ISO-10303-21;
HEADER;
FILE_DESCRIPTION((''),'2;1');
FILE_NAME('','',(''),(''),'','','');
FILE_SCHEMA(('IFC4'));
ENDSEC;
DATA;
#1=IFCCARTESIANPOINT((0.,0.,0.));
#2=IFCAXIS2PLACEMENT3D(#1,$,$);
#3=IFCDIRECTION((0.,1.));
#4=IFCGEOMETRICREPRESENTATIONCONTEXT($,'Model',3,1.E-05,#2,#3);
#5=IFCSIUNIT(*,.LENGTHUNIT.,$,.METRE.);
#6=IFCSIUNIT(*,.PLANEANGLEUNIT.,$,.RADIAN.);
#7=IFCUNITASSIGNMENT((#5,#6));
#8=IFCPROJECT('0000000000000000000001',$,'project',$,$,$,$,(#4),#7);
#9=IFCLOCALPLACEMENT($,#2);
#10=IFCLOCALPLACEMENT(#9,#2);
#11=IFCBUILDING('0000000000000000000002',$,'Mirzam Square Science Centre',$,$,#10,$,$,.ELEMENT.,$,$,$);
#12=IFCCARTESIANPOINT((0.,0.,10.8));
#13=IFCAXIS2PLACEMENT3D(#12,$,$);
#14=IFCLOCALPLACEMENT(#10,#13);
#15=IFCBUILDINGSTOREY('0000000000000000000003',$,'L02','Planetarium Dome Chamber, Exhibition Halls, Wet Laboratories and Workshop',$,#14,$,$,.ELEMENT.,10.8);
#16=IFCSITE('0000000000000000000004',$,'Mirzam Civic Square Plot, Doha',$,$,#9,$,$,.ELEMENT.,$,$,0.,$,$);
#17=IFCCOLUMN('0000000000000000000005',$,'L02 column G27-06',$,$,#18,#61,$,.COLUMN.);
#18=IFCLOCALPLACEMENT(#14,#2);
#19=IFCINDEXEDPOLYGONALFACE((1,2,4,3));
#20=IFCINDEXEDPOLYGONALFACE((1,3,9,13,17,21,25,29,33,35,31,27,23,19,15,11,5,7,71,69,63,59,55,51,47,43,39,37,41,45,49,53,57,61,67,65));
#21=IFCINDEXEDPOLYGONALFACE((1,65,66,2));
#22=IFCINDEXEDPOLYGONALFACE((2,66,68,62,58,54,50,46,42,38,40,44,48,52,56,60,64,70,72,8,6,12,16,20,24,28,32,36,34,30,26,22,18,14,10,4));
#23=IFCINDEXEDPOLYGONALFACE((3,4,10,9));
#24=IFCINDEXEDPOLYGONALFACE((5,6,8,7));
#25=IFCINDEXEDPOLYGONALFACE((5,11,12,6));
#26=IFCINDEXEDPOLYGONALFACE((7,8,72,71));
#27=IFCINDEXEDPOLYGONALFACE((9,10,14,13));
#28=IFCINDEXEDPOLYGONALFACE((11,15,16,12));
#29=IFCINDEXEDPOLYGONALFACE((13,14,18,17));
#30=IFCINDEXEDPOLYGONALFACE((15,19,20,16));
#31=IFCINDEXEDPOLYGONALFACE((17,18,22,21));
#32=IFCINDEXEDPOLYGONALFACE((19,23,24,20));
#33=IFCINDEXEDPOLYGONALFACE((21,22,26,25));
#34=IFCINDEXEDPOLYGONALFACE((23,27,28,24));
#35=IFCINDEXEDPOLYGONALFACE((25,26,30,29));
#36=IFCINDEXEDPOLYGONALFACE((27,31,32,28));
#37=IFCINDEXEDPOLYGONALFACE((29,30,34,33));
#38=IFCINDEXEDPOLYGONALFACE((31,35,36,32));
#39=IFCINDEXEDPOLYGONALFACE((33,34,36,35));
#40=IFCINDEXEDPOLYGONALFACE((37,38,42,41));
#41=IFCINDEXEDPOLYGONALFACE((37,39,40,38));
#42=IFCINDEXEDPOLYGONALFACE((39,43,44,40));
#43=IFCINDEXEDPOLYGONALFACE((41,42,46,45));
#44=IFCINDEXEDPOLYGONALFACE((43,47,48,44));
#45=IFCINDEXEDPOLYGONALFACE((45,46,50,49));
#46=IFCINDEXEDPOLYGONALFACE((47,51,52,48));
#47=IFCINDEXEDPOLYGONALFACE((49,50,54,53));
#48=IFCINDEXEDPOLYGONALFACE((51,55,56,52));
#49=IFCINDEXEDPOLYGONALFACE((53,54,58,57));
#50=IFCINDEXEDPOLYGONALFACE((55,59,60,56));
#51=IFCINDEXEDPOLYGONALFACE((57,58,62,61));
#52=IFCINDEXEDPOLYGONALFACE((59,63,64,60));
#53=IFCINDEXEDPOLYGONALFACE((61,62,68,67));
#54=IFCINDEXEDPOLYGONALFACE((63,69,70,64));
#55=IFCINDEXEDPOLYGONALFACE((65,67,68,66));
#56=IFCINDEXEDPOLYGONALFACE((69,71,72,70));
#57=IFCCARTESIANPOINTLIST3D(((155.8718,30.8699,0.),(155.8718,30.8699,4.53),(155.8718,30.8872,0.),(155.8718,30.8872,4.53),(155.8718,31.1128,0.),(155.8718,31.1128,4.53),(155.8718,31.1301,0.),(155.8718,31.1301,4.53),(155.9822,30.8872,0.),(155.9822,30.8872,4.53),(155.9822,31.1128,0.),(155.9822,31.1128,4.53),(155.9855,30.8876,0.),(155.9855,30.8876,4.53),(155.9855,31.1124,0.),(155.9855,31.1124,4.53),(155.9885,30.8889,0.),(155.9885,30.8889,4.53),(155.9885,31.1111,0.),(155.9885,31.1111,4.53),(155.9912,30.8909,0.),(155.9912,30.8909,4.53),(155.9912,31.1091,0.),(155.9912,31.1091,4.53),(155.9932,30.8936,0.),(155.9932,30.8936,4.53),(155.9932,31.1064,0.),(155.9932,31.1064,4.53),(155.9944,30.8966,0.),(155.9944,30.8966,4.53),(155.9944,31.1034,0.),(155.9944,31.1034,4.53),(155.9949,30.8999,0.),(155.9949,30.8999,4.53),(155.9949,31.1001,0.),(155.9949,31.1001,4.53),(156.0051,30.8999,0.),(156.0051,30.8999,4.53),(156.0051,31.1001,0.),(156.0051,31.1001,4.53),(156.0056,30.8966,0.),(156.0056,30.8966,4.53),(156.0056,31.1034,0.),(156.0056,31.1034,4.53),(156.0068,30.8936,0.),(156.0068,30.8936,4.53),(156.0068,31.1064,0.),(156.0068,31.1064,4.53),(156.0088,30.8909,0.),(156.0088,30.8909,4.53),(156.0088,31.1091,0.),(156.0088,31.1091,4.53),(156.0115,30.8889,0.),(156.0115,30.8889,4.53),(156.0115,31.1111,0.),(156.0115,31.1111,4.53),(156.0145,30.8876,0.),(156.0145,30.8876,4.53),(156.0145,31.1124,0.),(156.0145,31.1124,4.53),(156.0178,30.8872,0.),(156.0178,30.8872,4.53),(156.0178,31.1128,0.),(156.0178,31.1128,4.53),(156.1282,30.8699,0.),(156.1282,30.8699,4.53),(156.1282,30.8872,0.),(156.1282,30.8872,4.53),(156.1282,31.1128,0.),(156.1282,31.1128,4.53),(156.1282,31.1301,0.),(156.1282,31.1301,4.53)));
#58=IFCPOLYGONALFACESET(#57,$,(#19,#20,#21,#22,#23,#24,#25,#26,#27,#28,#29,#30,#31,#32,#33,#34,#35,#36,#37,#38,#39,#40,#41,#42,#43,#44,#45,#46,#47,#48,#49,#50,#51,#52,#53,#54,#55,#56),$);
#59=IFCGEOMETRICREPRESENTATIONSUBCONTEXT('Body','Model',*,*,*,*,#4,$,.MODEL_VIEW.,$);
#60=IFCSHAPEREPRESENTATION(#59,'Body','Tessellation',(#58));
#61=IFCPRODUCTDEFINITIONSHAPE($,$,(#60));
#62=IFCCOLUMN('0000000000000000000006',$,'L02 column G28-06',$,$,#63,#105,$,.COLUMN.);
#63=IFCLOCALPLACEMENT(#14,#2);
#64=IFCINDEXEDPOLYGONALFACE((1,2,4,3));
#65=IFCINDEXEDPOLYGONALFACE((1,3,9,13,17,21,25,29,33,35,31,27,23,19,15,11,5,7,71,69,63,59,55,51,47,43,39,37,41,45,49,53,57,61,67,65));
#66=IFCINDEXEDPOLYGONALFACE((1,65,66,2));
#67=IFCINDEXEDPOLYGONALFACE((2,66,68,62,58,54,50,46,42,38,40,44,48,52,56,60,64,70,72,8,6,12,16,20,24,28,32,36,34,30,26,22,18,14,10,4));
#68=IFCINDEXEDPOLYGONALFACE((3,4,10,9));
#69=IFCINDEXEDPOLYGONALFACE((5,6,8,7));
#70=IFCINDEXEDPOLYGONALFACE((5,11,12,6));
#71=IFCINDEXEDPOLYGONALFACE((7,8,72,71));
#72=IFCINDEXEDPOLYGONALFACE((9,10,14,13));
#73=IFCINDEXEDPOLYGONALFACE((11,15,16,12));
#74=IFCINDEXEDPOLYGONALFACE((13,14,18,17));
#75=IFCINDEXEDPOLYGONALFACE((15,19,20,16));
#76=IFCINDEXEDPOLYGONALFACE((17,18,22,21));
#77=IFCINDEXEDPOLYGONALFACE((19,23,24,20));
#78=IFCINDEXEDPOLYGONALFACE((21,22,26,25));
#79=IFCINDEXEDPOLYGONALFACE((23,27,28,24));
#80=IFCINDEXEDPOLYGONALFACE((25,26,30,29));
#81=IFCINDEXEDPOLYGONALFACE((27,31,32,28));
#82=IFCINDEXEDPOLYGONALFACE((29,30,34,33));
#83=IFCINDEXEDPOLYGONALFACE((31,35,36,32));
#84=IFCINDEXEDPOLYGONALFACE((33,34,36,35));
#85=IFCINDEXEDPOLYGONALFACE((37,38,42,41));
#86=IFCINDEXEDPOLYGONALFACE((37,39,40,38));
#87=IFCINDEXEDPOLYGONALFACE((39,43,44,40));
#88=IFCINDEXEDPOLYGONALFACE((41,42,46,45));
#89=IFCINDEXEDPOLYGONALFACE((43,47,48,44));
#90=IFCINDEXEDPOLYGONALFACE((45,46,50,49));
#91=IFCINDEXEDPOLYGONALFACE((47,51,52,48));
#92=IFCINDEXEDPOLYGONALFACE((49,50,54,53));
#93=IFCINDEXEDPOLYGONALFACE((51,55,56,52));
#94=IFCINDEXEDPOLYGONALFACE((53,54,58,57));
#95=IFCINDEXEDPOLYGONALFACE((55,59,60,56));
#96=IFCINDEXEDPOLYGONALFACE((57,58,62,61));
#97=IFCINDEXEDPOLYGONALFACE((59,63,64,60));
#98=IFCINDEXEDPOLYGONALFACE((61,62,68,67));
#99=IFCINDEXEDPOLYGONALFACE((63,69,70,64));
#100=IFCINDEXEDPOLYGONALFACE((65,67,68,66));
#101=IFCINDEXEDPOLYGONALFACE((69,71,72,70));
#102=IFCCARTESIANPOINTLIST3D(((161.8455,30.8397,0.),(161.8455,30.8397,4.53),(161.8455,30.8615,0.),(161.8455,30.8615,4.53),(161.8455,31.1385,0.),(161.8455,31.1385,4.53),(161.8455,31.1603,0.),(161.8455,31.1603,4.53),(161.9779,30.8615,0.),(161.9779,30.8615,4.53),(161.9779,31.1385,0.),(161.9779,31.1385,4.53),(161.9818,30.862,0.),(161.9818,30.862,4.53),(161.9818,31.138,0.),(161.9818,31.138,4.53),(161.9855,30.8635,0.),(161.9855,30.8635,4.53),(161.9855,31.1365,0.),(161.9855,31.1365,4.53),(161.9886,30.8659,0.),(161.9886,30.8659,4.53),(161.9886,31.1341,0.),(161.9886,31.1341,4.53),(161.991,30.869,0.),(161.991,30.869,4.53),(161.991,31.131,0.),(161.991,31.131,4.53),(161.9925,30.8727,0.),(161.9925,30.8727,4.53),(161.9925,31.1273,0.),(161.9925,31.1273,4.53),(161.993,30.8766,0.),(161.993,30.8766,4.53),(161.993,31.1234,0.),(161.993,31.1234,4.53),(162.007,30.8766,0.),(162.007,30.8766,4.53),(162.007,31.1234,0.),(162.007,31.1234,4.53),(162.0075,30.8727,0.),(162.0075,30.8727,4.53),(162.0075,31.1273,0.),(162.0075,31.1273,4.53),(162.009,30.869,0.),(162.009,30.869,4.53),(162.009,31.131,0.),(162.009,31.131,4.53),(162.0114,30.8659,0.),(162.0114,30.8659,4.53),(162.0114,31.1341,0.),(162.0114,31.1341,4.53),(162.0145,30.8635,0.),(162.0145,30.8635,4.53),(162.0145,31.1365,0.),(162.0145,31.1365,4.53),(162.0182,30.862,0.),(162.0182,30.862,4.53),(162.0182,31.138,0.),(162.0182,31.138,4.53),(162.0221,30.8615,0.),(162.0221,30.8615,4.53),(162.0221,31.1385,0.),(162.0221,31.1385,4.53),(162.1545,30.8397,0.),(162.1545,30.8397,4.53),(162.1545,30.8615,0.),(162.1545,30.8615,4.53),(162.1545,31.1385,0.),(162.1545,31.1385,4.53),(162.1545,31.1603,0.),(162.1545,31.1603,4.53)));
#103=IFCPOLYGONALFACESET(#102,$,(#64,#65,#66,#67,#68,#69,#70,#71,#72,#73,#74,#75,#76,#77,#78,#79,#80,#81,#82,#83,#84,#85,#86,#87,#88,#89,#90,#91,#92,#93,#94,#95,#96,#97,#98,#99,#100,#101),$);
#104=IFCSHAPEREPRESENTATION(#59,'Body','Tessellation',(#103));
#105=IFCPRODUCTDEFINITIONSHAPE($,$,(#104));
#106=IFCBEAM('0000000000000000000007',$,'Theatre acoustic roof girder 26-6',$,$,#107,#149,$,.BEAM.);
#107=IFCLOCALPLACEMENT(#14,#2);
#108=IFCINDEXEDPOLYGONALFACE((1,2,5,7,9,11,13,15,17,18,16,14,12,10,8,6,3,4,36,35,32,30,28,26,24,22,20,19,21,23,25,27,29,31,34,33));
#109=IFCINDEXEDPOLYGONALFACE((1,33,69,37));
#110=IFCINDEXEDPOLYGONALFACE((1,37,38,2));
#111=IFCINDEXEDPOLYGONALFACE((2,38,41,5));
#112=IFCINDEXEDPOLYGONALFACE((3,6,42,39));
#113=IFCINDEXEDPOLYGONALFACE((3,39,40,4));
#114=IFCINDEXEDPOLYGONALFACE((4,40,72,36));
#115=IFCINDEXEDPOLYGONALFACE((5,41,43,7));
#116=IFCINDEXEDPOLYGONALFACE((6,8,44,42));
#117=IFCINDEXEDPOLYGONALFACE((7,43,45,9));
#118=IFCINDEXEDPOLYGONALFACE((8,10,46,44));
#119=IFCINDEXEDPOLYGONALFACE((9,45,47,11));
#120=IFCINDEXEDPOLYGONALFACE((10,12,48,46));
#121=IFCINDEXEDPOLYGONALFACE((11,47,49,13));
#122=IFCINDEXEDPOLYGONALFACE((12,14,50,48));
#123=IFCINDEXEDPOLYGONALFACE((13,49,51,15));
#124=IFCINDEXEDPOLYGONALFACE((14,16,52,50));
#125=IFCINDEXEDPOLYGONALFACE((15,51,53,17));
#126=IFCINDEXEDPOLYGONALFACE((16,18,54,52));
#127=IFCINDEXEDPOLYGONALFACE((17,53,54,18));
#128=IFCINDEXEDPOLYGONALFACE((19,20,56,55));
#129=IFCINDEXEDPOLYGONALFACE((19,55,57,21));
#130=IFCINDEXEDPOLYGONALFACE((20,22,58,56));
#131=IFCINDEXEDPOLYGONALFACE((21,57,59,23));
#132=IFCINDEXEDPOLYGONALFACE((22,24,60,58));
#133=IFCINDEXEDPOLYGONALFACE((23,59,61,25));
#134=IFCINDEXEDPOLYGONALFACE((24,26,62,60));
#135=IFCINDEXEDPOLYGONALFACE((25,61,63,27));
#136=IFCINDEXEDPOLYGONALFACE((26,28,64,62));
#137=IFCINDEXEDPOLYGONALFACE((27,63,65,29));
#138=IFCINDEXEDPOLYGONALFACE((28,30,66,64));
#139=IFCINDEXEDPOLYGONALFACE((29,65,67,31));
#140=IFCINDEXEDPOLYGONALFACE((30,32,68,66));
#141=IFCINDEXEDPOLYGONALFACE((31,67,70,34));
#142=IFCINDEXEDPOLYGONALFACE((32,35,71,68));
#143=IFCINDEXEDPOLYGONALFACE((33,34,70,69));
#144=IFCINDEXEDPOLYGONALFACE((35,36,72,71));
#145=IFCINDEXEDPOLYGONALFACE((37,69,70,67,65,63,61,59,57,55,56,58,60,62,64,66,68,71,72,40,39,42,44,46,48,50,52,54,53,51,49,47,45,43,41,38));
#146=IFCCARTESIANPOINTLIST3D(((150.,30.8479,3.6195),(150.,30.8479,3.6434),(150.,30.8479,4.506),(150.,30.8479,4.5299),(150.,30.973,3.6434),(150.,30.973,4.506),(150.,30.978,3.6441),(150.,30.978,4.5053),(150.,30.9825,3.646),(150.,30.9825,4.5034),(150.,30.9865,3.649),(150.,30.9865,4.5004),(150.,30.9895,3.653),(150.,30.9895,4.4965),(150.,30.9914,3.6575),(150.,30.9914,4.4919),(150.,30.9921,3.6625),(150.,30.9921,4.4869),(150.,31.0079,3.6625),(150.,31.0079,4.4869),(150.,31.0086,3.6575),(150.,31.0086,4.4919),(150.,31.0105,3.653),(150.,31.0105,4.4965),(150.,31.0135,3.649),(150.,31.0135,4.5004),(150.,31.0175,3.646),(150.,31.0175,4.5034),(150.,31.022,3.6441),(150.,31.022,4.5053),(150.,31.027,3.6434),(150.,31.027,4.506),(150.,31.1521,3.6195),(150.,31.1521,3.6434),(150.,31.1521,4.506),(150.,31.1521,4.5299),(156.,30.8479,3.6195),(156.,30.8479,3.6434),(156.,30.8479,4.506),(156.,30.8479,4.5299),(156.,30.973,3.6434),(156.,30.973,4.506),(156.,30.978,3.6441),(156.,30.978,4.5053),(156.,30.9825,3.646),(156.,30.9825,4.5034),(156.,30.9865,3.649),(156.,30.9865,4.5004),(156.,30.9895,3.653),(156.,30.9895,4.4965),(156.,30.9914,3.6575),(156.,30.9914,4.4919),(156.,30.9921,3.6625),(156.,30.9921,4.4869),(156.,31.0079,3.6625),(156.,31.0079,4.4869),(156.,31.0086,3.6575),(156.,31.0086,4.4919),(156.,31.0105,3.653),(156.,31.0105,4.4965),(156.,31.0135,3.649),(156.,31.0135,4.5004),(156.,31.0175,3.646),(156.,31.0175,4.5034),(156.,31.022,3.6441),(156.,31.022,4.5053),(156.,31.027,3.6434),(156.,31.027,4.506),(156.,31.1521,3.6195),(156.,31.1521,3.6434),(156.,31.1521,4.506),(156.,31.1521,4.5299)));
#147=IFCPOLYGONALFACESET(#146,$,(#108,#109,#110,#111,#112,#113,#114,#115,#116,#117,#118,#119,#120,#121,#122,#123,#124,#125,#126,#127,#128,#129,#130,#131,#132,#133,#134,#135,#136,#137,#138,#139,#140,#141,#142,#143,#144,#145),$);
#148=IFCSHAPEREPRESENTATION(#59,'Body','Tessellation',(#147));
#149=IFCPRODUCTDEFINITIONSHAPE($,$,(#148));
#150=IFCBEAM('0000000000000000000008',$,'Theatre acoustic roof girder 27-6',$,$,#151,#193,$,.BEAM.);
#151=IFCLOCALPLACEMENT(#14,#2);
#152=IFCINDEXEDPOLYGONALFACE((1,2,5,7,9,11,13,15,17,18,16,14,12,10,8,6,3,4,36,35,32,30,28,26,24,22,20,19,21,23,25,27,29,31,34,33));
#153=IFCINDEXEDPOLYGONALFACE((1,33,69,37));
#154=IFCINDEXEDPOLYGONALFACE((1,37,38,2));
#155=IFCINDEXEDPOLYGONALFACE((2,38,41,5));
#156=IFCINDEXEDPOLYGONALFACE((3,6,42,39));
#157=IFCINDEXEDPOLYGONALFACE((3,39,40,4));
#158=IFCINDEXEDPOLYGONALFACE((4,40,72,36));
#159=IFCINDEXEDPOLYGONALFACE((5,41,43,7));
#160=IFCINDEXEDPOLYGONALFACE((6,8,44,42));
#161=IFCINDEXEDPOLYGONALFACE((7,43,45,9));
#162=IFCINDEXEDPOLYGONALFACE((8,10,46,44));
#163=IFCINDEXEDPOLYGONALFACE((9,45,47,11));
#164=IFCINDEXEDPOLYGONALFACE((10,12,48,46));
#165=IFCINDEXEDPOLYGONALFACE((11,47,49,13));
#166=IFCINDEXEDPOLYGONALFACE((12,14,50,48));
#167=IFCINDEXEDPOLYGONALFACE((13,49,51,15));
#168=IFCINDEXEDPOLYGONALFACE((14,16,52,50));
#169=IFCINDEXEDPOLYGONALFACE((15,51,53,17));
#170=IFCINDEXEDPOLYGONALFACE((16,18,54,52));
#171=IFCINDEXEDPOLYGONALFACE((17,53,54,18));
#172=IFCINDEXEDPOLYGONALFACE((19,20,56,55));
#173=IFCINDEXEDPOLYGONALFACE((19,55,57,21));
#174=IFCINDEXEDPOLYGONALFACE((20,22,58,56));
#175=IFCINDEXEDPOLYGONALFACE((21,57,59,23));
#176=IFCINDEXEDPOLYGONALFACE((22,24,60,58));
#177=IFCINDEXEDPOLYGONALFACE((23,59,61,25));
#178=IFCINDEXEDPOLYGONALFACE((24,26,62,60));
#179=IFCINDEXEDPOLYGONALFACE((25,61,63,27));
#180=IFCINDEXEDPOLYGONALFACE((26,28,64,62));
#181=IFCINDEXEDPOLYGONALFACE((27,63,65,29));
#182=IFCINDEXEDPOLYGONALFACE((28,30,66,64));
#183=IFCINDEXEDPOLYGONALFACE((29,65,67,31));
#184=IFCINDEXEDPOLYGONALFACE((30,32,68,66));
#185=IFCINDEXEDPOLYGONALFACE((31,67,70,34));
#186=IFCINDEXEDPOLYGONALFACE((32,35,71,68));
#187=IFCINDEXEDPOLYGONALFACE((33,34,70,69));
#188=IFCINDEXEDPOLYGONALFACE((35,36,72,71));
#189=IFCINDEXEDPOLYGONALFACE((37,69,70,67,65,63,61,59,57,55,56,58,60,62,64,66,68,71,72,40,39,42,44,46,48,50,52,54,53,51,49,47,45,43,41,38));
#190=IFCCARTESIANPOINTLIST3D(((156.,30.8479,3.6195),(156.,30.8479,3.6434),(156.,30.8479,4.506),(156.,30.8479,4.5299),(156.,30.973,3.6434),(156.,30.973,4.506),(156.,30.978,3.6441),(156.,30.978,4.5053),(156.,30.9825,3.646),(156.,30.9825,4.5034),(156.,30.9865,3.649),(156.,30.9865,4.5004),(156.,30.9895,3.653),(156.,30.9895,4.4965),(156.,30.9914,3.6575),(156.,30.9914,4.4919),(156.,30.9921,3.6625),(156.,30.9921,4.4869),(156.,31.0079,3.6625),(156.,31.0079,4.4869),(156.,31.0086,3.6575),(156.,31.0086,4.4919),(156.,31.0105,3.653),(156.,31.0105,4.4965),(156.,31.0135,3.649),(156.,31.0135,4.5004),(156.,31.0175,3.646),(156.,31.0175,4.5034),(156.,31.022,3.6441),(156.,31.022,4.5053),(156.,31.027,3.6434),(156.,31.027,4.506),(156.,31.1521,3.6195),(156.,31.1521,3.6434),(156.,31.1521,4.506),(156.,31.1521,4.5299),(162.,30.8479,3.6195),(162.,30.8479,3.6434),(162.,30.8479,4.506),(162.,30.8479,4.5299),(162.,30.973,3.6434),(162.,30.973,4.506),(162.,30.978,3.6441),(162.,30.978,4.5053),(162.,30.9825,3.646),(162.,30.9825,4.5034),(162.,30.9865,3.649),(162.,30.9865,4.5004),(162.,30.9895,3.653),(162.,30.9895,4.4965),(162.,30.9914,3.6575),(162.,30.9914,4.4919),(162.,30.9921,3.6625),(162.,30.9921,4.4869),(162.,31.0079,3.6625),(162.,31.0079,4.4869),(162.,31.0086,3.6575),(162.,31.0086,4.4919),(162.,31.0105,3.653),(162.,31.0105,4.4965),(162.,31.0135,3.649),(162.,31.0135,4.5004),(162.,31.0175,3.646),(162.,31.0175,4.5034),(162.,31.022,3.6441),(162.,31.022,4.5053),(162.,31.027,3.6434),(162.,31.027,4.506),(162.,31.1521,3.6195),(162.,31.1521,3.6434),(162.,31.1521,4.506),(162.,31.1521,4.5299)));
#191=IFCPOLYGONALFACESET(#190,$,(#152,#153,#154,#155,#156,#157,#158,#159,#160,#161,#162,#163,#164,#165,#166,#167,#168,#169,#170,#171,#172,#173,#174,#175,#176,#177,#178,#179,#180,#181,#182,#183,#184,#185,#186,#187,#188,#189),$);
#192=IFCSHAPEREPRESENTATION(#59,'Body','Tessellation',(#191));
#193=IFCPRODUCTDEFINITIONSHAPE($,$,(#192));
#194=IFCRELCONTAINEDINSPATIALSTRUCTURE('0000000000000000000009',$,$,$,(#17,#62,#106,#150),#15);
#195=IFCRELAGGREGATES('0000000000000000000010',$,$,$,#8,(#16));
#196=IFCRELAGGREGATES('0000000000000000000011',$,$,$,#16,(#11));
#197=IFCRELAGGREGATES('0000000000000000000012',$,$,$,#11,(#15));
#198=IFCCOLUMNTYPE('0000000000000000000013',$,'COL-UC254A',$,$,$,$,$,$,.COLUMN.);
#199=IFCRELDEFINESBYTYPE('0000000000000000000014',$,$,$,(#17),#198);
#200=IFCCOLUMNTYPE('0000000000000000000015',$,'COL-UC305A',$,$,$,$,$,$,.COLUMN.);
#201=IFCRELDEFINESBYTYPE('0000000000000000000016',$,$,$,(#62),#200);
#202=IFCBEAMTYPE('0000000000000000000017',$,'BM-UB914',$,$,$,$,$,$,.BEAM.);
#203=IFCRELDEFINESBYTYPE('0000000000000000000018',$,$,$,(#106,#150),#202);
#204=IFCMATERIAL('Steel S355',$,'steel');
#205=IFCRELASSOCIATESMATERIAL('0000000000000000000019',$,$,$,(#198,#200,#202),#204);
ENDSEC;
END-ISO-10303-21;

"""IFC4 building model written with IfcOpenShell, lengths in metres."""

from ifc_helpers import new_model, si_unit, direction, frame, origin, origin_2d, place, context, subcontext, project, spatial, i_section, extrude, material, material_profile, profile_set, type_object, element, save


model = new_model("IFC4")

# Units and contexts
model_context = context("Model", 3, precision=1e-05, world=origin(), true_north=direction((0.0, 1.0)))
body_context = subcontext(model_context, "Body", "Model", "MODEL_VIEW")
ifc_project = project(units=[si_unit("LENGTHUNIT", "METRE"), si_unit("PLANEANGLEUNIT", "RADIAN")], contexts=[model_context])

# Site, building, storey
site_placement = place(None, origin())
site = spatial("IfcSite", under=ifc_project, at=site_placement, Name="Mirzam Civic Square Plot, Doha", CompositionType="ELEMENT", RefElevation=0.0)
building_placement = place(site_placement, origin())
building = spatial("IfcBuilding", under=site, at=building_placement, Name="Mirzam Square Science Centre", CompositionType="ELEMENT")
storey_placement = place(building_placement, frame((0.0, 0.0, 10.8)))
storey = spatial("IfcBuildingStorey", under=building, at=storey_placement, Name="L02", Description="Planetarium Dome Chamber, Exhibition Halls, Wet Laboratories and Workshop", CompositionType="ELEMENT", Elevation=10.8)

# Columns
ifc_material_1 = material(Name="Steel S355", Category="steel")
ifc_material_profile_1 = material_profile(ifc_material_1, i_section(OverallWidth=0.2563, OverallDepth=0.2603, WebThickness=0.0103, FlangeThickness=0.0173, FilletRadius=0.0127, at=origin_2d()), Name="254x254x89UC")
ifc_profile_set_1 = profile_set([ifc_material_profile_1], Name="Steel S355")
column_type_1 = type_object("IfcColumnType", Name="COL-UC254A", PredefinedType="COLUMN", material=ifc_profile_set_1)
column_1_placement = place(storey_placement, frame((156.0, 31.0, 0.0), z_axis=(0.0, 0.0, 1.0), x_axis=(1.0, 0.0, 0.0)))
element("IfcColumn", 1, at=column_1_placement, inside=storey, type_object=column_type_1, Name="L02 column G27-06", PredefinedType="COLUMN", context=body_context, shape_type="SweptSolid", body=[
    extrude(i_section(OverallWidth=0.2563, OverallDepth=0.2603, WebThickness=0.0103, FlangeThickness=0.0173, FilletRadius=0.0127, at=origin_2d()), origin(), (0.0, 0.0, 1.0), 4.53),
])
ifc_material_profile_2 = material_profile(ifc_material_1, i_section(OverallWidth=0.3091, OverallDepth=0.3206, WebThickness=0.0139, FlangeThickness=0.0217, FilletRadius=0.0151, at=origin_2d()), Name="305x305x137UC")
ifc_profile_set_2 = profile_set([ifc_material_profile_2], Name="Steel S355")
column_type_2 = type_object("IfcColumnType", Name="COL-UC305A", PredefinedType="COLUMN", material=ifc_profile_set_2)
column_2_placement = place(storey_placement, frame((162.0, 31.0, 0.0), z_axis=(0.0, 0.0, 1.0), x_axis=(1.0, 0.0, 0.0)))
element("IfcColumn", 2, at=column_2_placement, inside=storey, type_object=column_type_2, Name="L02 column G28-06", PredefinedType="COLUMN", context=body_context, shape_type="SweptSolid", body=[
    extrude(i_section(OverallWidth=0.3091, OverallDepth=0.3206, WebThickness=0.0139, FlangeThickness=0.0217, FilletRadius=0.0151, at=origin_2d()), origin(), (0.0, 0.0, 1.0), 4.53),
])

# Beams
ifc_material_profile_3 = material_profile(ifc_material_1, i_section(OverallWidth=0.3042, OverallDepth=0.9104, WebThickness=0.0159, FlangeThickness=0.0239, FilletRadius=0.019, at=origin_2d()), Name="914x305x224UB")
ifc_profile_set_3 = profile_set([ifc_material_profile_3], Name="Steel S355")
beam_type_1 = type_object("IfcBeamType", Name="BM-UB914", PredefinedType="BEAM", material=ifc_profile_set_3)
for number, where, z_axis, x_axis, name in (
    (3, (150.0, 31.0, 4.0747), (1.0, 0.0, 0.0), (0.0, 1.0, 0.0), "Theatre acoustic roof girder 26-6"),
    (4, (156.0, 31.0, 4.0747), (1.0, 0.0, 0.0), (0.0, 1.0, 0.0), "Theatre acoustic roof girder 27-6"),
):
    element("IfcBeam", number, at=place(storey_placement, frame(where, z_axis=z_axis, x_axis=x_axis)), inside=storey, type_object=beam_type_1, Name=name, PredefinedType="BEAM", context=body_context, shape_type="SweptSolid", body=[
        extrude(i_section(OverallWidth=0.3042, OverallDepth=0.9104, WebThickness=0.0159, FlangeThickness=0.0239, FilletRadius=0.019, at=origin_2d()), origin(), (0.0, 0.0, 1.0), 6.0),
    ])

save(model, "model.ifc")
